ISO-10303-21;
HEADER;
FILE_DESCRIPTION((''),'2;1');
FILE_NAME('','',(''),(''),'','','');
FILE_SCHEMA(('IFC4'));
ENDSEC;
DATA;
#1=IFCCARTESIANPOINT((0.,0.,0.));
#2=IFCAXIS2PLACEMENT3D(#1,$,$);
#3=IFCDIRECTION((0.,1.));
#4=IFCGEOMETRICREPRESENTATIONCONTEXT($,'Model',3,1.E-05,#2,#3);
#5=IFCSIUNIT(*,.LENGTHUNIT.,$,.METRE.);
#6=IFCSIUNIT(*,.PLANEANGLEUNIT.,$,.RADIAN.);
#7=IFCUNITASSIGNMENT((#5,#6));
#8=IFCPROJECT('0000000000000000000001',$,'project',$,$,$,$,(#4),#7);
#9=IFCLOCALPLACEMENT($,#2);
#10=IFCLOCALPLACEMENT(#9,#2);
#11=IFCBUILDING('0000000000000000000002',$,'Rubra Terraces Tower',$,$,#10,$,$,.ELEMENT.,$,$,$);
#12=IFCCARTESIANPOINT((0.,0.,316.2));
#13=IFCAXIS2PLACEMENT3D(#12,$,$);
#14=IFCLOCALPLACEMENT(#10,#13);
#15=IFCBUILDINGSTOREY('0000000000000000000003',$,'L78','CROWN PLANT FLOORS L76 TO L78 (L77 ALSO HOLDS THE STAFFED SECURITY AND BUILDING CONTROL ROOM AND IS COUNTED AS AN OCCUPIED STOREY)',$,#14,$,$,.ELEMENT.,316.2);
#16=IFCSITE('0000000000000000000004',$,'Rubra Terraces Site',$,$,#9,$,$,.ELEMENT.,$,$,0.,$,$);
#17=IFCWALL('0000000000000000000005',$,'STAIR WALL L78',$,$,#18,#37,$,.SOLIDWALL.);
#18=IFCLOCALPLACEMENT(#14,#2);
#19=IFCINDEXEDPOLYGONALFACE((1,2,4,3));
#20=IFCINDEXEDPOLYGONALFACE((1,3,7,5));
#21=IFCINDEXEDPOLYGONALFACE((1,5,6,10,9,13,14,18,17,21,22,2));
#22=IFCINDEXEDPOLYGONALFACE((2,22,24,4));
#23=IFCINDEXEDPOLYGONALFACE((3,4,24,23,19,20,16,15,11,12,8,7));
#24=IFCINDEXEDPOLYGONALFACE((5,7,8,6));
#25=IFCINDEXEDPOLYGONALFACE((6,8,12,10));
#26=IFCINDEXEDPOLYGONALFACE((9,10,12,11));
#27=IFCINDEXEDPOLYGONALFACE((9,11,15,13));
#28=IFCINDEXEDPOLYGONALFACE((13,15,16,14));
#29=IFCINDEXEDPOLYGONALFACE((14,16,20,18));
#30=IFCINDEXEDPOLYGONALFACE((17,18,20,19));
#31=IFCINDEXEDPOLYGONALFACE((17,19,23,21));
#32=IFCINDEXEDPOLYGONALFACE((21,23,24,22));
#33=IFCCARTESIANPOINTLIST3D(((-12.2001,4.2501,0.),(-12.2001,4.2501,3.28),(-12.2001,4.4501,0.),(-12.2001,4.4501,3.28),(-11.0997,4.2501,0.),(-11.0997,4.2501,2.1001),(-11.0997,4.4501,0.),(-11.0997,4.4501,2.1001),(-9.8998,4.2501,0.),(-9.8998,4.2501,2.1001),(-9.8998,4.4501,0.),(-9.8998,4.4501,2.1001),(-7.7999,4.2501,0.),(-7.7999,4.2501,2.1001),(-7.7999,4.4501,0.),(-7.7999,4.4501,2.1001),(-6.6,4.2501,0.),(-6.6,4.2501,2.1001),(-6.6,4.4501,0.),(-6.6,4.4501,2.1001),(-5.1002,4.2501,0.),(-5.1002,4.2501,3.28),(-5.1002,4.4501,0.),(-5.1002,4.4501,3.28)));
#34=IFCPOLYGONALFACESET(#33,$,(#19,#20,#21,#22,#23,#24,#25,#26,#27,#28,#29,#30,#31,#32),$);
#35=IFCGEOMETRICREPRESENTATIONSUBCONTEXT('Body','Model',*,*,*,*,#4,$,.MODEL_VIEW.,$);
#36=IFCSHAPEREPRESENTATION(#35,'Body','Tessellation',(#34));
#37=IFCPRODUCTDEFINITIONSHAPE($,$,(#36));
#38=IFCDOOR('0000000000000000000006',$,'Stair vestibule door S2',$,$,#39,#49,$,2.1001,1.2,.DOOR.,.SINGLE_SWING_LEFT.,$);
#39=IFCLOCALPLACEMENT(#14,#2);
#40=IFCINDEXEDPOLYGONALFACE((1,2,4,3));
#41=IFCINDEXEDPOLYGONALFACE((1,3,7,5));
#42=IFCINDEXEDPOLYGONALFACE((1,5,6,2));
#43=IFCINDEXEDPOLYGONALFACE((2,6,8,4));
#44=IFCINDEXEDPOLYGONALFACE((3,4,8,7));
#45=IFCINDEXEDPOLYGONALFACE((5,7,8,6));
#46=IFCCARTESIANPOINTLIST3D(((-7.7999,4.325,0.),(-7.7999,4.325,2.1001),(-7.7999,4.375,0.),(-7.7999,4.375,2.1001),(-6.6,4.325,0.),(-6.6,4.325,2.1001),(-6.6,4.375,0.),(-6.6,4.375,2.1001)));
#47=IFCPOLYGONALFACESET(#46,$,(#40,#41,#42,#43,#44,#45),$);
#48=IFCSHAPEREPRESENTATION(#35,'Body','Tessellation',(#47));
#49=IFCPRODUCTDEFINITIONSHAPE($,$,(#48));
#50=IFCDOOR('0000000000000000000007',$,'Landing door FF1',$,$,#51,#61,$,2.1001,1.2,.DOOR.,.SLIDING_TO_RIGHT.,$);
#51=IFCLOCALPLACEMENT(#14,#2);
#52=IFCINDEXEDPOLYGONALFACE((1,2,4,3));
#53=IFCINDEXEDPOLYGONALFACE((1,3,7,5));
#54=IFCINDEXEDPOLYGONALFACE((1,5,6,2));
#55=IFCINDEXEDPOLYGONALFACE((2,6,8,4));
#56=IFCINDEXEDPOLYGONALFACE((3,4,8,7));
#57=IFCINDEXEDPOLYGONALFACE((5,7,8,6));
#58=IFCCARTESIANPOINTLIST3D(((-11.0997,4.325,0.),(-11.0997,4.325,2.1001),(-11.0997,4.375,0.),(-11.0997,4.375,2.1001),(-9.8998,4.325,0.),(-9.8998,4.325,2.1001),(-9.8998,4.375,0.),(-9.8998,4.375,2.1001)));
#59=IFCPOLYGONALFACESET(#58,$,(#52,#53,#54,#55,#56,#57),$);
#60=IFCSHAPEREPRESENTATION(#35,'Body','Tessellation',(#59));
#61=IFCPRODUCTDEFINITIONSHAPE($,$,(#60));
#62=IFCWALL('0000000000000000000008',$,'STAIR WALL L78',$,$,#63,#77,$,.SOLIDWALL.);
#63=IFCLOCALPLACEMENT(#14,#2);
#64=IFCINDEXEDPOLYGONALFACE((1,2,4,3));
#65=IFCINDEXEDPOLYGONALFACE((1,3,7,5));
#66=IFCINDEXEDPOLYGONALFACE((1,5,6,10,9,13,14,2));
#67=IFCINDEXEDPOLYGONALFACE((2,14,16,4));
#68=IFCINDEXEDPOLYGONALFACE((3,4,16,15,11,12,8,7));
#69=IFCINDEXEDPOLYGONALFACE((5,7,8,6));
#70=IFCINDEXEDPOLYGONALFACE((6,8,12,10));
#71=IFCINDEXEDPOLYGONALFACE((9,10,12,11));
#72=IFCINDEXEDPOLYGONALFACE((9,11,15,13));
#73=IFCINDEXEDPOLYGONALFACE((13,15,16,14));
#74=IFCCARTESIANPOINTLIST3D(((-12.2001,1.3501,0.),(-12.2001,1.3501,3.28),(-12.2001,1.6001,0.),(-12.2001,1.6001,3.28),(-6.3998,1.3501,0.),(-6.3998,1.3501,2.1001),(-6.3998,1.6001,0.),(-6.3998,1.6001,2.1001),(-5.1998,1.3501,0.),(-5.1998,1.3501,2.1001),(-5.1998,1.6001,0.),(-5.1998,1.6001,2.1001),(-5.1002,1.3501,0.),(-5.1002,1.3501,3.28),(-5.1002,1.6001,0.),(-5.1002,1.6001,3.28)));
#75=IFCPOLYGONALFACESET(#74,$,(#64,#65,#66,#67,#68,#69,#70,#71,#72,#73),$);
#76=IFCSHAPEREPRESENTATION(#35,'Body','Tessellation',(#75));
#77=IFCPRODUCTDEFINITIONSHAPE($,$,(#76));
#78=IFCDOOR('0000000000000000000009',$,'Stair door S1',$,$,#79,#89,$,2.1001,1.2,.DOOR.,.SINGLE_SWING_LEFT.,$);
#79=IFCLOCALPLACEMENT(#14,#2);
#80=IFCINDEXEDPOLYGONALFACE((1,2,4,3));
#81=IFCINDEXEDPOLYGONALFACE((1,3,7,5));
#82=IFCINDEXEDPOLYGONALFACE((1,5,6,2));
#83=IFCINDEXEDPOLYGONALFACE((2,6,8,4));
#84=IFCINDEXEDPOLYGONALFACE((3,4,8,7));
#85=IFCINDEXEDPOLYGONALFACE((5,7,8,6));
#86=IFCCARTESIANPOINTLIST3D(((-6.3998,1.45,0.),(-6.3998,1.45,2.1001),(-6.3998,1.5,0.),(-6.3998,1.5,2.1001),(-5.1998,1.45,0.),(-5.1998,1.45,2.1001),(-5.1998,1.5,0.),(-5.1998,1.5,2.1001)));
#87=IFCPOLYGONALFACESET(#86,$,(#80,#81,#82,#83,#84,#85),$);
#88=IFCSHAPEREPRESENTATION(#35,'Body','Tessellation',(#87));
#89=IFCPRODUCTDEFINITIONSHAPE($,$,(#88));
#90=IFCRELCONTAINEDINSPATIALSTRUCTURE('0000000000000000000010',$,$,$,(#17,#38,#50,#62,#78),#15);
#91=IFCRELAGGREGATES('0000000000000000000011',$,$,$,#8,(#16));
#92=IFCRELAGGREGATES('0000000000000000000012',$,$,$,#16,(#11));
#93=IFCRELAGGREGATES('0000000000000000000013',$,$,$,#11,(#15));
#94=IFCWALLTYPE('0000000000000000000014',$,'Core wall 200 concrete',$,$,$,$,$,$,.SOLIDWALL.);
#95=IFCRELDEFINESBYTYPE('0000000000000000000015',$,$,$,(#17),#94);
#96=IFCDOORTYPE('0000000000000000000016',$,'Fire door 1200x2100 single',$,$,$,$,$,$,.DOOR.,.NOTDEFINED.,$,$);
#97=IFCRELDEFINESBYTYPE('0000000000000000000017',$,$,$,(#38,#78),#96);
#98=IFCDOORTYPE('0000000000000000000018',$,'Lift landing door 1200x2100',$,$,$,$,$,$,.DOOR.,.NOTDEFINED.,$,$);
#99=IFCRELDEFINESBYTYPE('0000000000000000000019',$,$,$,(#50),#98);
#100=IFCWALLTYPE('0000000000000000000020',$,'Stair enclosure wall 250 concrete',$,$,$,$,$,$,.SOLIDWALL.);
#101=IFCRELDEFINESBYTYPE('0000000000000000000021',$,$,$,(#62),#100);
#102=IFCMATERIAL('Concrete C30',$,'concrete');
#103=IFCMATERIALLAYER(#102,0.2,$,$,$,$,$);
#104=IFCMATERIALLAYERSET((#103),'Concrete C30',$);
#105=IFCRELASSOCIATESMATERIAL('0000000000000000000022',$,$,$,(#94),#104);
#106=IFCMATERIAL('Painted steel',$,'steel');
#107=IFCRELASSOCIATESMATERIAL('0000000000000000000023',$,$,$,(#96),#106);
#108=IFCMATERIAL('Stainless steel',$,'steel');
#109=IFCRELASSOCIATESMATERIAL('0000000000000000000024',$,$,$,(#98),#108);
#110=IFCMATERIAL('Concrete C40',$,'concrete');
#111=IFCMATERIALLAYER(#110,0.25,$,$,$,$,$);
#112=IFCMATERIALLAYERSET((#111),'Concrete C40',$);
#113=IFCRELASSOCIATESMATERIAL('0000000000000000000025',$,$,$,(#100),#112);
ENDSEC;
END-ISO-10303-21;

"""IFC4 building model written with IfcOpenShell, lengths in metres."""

from ifc_helpers import new_model, si_unit, direction, frame, frame_2d, origin, place, context, subcontext, project, spatial, rectangle, extrude, material, layer, layer_set, type_object, element, fill, save


model = new_model("IFC4")

# Units and contexts
model_context = context("Model", 3, precision=1e-05, world=origin(), true_north=direction((0.0, 1.0)))
body_context = subcontext(model_context, "Body", "Model", "MODEL_VIEW")
ifc_project = project(units=[si_unit("LENGTHUNIT", "METRE"), si_unit("PLANEANGLEUNIT", "RADIAN")], contexts=[model_context])

# Site, building, storey
site_placement = place(None, origin())
site = spatial("IfcSite", under=ifc_project, at=site_placement, Name="Rubra Terraces Site", CompositionType="ELEMENT", RefElevation=0.0)
building_placement = place(site_placement, origin())
building = spatial("IfcBuilding", under=site, at=building_placement, Name="Rubra Terraces Tower", CompositionType="ELEMENT")
storey_placement = place(building_placement, frame((0.0, 0.0, 316.2)))
storey = spatial("IfcBuildingStorey", under=building, at=storey_placement, Name="L78", Description="CROWN PLANT FLOORS L76 TO L78 (L77 ALSO HOLDS THE STAFFED SECURITY AND BUILDING CONTROL ROOM AND IS COUNTED AS AN OCCUPIED STOREY)", CompositionType="ELEMENT", Elevation=316.2)

# Wall, openings, doors
ifc_material_1 = material(Name="Concrete C30", Category="concrete")
ifc_layer_1 = layer(ifc_material_1, 0.2)
ifc_layer_set_1 = layer_set([ifc_layer_1], Name="Concrete C30")
wall_type_1 = type_object("IfcWallType", Name="Core wall 200 concrete", PredefinedType="SOLIDWALL", material=ifc_layer_set_1)
wall_1_placement = place(storey_placement, frame((-12.2, 4.3501, 0.0), z_axis=(0.0, 0.0, 1.0), x_axis=(1.0, 0.0, 0.0)))
wall_1 = element("IfcWall", 1, at=wall_1_placement, inside=storey, type_object=wall_type_1, Name="STAIR WALL L78", PredefinedType="SOLIDWALL", context=body_context, shape_type="SweptSolid", body=[
    extrude(rectangle(XDim=7.0999, YDim=0.2, at=frame_2d((3.5498, 0.0))), origin(), (0.0, 0.0, 1.0), 3.28),
])
opening_1_placement = place(wall_1_placement, frame((4.3999, 0.0, 0.0)))
opening_1 = element("IfcOpeningElement", 2, at=opening_1_placement, cuts=wall_1, PredefinedType="OPENING", context=body_context, shape_type="SweptSolid", body=[
    extrude(rectangle(XDim=1.2, YDim=2.1001, at=frame_2d((0.6001, 1.05))), frame((0.0, 0.1099, 0.0), z_axis=(0.0, -1.0, 0.0), x_axis=(1.0, 0.0, 0.0)), (0.0, 0.0, 1.0), 0.22),
])
opening_2_placement = place(wall_1_placement, frame((1.1001, 0.0, 0.0)))
opening_2 = element("IfcOpeningElement", 3, at=opening_2_placement, cuts=wall_1, PredefinedType="OPENING", context=body_context, shape_type="SweptSolid", body=[
    extrude(rectangle(XDim=1.2, YDim=2.1001, at=frame_2d((0.6001, 1.05))), frame((0.0, 0.1099, 0.0), z_axis=(0.0, -1.0, 0.0), x_axis=(1.0, 0.0, 0.0)), (0.0, 0.0, 1.0), 0.22),
])
ifc_material_2 = material(Name="Painted steel", Category="steel")
door_type_1 = type_object("IfcDoorType", Name="Fire door 1200x2100 single", OperationType="NOTDEFINED", PredefinedType="DOOR", material=ifc_material_2)
door_1_placement = place(opening_1_placement, origin())
door_1 = element("IfcDoor", 4, at=door_1_placement, inside=storey, type_object=door_type_1, Name="Stair vestibule door S2", OperationType="SINGLE_SWING_LEFT", OverallHeight=2.1001, OverallWidth=1.2, PredefinedType="DOOR", context=body_context, shape_type="SweptSolid", body=[
    extrude(rectangle(XDim=1.2, YDim=2.1001, at=frame_2d((0.6001, 1.05))), frame((0.0, 0.0249, 0.0), z_axis=(0.0, -1.0, 0.0), x_axis=(1.0, 0.0, 0.0)), (0.0, 0.0, 1.0), 0.05),
])
fill(opening_1, door_1)
ifc_material_3 = material(Name="Stainless steel", Category="steel")
door_type_2 = type_object("IfcDoorType", Name="Lift landing door 1200x2100", OperationType="NOTDEFINED", PredefinedType="DOOR", material=ifc_material_3)
door_2_placement = place(opening_2_placement, origin())
door_2 = element("IfcDoor", 5, at=door_2_placement, inside=storey, type_object=door_type_2, Name="Landing door FF1", OperationType="SLIDING_TO_RIGHT", OverallHeight=2.1001, OverallWidth=1.2, PredefinedType="DOOR", context=body_context, shape_type="SweptSolid", body=[
    extrude(rectangle(XDim=1.2, YDim=2.1001, at=frame_2d((0.6001, 1.05))), frame((0.0, 0.0249, 0.0), z_axis=(0.0, -1.0, 0.0), x_axis=(1.0, 0.0, 0.0)), (0.0, 0.0, 1.0), 0.05),
])
fill(opening_2, door_2)

# Wall, opening, door
ifc_material_4 = material(Name="Concrete C40", Category="concrete")
ifc_layer_2 = layer(ifc_material_4, 0.25)
ifc_layer_set_2 = layer_set([ifc_layer_2], Name="Concrete C40")
wall_type_2 = type_object("IfcWallType", Name="Stair enclosure wall 250 concrete", PredefinedType="SOLIDWALL", material=ifc_layer_set_2)
wall_2_placement = place(storey_placement, frame((-12.2, 1.4751, 0.0), z_axis=(0.0, 0.0, 1.0), x_axis=(1.0, 0.0, 0.0)))
wall_2 = element("IfcWall", 6, at=wall_2_placement, inside=storey, type_object=wall_type_2, Name="STAIR WALL L78", PredefinedType="SOLIDWALL", context=body_context, shape_type="SweptSolid", body=[
    extrude(rectangle(XDim=7.0999, YDim=0.25, at=frame_2d((3.5498, 0.0))), origin(), (0.0, 0.0, 1.0), 3.28),
])
opening_3_placement = place(wall_2_placement, frame((5.8, 0.0, 0.0)))
opening_3 = element("IfcOpeningElement", 7, at=opening_3_placement, cuts=wall_2, PredefinedType="OPENING", context=body_context, shape_type="SweptSolid", body=[
    extrude(rectangle(XDim=1.2, YDim=2.1001, at=frame_2d((0.6001, 1.05))), frame((0.0, 0.135, 0.0), z_axis=(0.0, -1.0, 0.0), x_axis=(1.0, 0.0, 0.0)), (0.0, 0.0, 1.0), 0.27),
])
door_3_placement = place(opening_3_placement, origin())
door_3 = element("IfcDoor", 8, at=door_3_placement, inside=storey, type_object=door_type_1, Name="Stair door S1", OperationType="SINGLE_SWING_LEFT", OverallHeight=2.1001, OverallWidth=1.2, PredefinedType="DOOR", context=body_context, shape_type="SweptSolid", body=[
    extrude(rectangle(XDim=1.2, YDim=2.1001, at=frame_2d((0.6001, 1.05))), frame((0.0, 0.0249, 0.0), z_axis=(0.0, -1.0, 0.0), x_axis=(1.0, 0.0, 0.0)), (0.0, 0.0, 1.0), 0.05),
])
fill(opening_3, door_3)

save(model, "model.ifc")
